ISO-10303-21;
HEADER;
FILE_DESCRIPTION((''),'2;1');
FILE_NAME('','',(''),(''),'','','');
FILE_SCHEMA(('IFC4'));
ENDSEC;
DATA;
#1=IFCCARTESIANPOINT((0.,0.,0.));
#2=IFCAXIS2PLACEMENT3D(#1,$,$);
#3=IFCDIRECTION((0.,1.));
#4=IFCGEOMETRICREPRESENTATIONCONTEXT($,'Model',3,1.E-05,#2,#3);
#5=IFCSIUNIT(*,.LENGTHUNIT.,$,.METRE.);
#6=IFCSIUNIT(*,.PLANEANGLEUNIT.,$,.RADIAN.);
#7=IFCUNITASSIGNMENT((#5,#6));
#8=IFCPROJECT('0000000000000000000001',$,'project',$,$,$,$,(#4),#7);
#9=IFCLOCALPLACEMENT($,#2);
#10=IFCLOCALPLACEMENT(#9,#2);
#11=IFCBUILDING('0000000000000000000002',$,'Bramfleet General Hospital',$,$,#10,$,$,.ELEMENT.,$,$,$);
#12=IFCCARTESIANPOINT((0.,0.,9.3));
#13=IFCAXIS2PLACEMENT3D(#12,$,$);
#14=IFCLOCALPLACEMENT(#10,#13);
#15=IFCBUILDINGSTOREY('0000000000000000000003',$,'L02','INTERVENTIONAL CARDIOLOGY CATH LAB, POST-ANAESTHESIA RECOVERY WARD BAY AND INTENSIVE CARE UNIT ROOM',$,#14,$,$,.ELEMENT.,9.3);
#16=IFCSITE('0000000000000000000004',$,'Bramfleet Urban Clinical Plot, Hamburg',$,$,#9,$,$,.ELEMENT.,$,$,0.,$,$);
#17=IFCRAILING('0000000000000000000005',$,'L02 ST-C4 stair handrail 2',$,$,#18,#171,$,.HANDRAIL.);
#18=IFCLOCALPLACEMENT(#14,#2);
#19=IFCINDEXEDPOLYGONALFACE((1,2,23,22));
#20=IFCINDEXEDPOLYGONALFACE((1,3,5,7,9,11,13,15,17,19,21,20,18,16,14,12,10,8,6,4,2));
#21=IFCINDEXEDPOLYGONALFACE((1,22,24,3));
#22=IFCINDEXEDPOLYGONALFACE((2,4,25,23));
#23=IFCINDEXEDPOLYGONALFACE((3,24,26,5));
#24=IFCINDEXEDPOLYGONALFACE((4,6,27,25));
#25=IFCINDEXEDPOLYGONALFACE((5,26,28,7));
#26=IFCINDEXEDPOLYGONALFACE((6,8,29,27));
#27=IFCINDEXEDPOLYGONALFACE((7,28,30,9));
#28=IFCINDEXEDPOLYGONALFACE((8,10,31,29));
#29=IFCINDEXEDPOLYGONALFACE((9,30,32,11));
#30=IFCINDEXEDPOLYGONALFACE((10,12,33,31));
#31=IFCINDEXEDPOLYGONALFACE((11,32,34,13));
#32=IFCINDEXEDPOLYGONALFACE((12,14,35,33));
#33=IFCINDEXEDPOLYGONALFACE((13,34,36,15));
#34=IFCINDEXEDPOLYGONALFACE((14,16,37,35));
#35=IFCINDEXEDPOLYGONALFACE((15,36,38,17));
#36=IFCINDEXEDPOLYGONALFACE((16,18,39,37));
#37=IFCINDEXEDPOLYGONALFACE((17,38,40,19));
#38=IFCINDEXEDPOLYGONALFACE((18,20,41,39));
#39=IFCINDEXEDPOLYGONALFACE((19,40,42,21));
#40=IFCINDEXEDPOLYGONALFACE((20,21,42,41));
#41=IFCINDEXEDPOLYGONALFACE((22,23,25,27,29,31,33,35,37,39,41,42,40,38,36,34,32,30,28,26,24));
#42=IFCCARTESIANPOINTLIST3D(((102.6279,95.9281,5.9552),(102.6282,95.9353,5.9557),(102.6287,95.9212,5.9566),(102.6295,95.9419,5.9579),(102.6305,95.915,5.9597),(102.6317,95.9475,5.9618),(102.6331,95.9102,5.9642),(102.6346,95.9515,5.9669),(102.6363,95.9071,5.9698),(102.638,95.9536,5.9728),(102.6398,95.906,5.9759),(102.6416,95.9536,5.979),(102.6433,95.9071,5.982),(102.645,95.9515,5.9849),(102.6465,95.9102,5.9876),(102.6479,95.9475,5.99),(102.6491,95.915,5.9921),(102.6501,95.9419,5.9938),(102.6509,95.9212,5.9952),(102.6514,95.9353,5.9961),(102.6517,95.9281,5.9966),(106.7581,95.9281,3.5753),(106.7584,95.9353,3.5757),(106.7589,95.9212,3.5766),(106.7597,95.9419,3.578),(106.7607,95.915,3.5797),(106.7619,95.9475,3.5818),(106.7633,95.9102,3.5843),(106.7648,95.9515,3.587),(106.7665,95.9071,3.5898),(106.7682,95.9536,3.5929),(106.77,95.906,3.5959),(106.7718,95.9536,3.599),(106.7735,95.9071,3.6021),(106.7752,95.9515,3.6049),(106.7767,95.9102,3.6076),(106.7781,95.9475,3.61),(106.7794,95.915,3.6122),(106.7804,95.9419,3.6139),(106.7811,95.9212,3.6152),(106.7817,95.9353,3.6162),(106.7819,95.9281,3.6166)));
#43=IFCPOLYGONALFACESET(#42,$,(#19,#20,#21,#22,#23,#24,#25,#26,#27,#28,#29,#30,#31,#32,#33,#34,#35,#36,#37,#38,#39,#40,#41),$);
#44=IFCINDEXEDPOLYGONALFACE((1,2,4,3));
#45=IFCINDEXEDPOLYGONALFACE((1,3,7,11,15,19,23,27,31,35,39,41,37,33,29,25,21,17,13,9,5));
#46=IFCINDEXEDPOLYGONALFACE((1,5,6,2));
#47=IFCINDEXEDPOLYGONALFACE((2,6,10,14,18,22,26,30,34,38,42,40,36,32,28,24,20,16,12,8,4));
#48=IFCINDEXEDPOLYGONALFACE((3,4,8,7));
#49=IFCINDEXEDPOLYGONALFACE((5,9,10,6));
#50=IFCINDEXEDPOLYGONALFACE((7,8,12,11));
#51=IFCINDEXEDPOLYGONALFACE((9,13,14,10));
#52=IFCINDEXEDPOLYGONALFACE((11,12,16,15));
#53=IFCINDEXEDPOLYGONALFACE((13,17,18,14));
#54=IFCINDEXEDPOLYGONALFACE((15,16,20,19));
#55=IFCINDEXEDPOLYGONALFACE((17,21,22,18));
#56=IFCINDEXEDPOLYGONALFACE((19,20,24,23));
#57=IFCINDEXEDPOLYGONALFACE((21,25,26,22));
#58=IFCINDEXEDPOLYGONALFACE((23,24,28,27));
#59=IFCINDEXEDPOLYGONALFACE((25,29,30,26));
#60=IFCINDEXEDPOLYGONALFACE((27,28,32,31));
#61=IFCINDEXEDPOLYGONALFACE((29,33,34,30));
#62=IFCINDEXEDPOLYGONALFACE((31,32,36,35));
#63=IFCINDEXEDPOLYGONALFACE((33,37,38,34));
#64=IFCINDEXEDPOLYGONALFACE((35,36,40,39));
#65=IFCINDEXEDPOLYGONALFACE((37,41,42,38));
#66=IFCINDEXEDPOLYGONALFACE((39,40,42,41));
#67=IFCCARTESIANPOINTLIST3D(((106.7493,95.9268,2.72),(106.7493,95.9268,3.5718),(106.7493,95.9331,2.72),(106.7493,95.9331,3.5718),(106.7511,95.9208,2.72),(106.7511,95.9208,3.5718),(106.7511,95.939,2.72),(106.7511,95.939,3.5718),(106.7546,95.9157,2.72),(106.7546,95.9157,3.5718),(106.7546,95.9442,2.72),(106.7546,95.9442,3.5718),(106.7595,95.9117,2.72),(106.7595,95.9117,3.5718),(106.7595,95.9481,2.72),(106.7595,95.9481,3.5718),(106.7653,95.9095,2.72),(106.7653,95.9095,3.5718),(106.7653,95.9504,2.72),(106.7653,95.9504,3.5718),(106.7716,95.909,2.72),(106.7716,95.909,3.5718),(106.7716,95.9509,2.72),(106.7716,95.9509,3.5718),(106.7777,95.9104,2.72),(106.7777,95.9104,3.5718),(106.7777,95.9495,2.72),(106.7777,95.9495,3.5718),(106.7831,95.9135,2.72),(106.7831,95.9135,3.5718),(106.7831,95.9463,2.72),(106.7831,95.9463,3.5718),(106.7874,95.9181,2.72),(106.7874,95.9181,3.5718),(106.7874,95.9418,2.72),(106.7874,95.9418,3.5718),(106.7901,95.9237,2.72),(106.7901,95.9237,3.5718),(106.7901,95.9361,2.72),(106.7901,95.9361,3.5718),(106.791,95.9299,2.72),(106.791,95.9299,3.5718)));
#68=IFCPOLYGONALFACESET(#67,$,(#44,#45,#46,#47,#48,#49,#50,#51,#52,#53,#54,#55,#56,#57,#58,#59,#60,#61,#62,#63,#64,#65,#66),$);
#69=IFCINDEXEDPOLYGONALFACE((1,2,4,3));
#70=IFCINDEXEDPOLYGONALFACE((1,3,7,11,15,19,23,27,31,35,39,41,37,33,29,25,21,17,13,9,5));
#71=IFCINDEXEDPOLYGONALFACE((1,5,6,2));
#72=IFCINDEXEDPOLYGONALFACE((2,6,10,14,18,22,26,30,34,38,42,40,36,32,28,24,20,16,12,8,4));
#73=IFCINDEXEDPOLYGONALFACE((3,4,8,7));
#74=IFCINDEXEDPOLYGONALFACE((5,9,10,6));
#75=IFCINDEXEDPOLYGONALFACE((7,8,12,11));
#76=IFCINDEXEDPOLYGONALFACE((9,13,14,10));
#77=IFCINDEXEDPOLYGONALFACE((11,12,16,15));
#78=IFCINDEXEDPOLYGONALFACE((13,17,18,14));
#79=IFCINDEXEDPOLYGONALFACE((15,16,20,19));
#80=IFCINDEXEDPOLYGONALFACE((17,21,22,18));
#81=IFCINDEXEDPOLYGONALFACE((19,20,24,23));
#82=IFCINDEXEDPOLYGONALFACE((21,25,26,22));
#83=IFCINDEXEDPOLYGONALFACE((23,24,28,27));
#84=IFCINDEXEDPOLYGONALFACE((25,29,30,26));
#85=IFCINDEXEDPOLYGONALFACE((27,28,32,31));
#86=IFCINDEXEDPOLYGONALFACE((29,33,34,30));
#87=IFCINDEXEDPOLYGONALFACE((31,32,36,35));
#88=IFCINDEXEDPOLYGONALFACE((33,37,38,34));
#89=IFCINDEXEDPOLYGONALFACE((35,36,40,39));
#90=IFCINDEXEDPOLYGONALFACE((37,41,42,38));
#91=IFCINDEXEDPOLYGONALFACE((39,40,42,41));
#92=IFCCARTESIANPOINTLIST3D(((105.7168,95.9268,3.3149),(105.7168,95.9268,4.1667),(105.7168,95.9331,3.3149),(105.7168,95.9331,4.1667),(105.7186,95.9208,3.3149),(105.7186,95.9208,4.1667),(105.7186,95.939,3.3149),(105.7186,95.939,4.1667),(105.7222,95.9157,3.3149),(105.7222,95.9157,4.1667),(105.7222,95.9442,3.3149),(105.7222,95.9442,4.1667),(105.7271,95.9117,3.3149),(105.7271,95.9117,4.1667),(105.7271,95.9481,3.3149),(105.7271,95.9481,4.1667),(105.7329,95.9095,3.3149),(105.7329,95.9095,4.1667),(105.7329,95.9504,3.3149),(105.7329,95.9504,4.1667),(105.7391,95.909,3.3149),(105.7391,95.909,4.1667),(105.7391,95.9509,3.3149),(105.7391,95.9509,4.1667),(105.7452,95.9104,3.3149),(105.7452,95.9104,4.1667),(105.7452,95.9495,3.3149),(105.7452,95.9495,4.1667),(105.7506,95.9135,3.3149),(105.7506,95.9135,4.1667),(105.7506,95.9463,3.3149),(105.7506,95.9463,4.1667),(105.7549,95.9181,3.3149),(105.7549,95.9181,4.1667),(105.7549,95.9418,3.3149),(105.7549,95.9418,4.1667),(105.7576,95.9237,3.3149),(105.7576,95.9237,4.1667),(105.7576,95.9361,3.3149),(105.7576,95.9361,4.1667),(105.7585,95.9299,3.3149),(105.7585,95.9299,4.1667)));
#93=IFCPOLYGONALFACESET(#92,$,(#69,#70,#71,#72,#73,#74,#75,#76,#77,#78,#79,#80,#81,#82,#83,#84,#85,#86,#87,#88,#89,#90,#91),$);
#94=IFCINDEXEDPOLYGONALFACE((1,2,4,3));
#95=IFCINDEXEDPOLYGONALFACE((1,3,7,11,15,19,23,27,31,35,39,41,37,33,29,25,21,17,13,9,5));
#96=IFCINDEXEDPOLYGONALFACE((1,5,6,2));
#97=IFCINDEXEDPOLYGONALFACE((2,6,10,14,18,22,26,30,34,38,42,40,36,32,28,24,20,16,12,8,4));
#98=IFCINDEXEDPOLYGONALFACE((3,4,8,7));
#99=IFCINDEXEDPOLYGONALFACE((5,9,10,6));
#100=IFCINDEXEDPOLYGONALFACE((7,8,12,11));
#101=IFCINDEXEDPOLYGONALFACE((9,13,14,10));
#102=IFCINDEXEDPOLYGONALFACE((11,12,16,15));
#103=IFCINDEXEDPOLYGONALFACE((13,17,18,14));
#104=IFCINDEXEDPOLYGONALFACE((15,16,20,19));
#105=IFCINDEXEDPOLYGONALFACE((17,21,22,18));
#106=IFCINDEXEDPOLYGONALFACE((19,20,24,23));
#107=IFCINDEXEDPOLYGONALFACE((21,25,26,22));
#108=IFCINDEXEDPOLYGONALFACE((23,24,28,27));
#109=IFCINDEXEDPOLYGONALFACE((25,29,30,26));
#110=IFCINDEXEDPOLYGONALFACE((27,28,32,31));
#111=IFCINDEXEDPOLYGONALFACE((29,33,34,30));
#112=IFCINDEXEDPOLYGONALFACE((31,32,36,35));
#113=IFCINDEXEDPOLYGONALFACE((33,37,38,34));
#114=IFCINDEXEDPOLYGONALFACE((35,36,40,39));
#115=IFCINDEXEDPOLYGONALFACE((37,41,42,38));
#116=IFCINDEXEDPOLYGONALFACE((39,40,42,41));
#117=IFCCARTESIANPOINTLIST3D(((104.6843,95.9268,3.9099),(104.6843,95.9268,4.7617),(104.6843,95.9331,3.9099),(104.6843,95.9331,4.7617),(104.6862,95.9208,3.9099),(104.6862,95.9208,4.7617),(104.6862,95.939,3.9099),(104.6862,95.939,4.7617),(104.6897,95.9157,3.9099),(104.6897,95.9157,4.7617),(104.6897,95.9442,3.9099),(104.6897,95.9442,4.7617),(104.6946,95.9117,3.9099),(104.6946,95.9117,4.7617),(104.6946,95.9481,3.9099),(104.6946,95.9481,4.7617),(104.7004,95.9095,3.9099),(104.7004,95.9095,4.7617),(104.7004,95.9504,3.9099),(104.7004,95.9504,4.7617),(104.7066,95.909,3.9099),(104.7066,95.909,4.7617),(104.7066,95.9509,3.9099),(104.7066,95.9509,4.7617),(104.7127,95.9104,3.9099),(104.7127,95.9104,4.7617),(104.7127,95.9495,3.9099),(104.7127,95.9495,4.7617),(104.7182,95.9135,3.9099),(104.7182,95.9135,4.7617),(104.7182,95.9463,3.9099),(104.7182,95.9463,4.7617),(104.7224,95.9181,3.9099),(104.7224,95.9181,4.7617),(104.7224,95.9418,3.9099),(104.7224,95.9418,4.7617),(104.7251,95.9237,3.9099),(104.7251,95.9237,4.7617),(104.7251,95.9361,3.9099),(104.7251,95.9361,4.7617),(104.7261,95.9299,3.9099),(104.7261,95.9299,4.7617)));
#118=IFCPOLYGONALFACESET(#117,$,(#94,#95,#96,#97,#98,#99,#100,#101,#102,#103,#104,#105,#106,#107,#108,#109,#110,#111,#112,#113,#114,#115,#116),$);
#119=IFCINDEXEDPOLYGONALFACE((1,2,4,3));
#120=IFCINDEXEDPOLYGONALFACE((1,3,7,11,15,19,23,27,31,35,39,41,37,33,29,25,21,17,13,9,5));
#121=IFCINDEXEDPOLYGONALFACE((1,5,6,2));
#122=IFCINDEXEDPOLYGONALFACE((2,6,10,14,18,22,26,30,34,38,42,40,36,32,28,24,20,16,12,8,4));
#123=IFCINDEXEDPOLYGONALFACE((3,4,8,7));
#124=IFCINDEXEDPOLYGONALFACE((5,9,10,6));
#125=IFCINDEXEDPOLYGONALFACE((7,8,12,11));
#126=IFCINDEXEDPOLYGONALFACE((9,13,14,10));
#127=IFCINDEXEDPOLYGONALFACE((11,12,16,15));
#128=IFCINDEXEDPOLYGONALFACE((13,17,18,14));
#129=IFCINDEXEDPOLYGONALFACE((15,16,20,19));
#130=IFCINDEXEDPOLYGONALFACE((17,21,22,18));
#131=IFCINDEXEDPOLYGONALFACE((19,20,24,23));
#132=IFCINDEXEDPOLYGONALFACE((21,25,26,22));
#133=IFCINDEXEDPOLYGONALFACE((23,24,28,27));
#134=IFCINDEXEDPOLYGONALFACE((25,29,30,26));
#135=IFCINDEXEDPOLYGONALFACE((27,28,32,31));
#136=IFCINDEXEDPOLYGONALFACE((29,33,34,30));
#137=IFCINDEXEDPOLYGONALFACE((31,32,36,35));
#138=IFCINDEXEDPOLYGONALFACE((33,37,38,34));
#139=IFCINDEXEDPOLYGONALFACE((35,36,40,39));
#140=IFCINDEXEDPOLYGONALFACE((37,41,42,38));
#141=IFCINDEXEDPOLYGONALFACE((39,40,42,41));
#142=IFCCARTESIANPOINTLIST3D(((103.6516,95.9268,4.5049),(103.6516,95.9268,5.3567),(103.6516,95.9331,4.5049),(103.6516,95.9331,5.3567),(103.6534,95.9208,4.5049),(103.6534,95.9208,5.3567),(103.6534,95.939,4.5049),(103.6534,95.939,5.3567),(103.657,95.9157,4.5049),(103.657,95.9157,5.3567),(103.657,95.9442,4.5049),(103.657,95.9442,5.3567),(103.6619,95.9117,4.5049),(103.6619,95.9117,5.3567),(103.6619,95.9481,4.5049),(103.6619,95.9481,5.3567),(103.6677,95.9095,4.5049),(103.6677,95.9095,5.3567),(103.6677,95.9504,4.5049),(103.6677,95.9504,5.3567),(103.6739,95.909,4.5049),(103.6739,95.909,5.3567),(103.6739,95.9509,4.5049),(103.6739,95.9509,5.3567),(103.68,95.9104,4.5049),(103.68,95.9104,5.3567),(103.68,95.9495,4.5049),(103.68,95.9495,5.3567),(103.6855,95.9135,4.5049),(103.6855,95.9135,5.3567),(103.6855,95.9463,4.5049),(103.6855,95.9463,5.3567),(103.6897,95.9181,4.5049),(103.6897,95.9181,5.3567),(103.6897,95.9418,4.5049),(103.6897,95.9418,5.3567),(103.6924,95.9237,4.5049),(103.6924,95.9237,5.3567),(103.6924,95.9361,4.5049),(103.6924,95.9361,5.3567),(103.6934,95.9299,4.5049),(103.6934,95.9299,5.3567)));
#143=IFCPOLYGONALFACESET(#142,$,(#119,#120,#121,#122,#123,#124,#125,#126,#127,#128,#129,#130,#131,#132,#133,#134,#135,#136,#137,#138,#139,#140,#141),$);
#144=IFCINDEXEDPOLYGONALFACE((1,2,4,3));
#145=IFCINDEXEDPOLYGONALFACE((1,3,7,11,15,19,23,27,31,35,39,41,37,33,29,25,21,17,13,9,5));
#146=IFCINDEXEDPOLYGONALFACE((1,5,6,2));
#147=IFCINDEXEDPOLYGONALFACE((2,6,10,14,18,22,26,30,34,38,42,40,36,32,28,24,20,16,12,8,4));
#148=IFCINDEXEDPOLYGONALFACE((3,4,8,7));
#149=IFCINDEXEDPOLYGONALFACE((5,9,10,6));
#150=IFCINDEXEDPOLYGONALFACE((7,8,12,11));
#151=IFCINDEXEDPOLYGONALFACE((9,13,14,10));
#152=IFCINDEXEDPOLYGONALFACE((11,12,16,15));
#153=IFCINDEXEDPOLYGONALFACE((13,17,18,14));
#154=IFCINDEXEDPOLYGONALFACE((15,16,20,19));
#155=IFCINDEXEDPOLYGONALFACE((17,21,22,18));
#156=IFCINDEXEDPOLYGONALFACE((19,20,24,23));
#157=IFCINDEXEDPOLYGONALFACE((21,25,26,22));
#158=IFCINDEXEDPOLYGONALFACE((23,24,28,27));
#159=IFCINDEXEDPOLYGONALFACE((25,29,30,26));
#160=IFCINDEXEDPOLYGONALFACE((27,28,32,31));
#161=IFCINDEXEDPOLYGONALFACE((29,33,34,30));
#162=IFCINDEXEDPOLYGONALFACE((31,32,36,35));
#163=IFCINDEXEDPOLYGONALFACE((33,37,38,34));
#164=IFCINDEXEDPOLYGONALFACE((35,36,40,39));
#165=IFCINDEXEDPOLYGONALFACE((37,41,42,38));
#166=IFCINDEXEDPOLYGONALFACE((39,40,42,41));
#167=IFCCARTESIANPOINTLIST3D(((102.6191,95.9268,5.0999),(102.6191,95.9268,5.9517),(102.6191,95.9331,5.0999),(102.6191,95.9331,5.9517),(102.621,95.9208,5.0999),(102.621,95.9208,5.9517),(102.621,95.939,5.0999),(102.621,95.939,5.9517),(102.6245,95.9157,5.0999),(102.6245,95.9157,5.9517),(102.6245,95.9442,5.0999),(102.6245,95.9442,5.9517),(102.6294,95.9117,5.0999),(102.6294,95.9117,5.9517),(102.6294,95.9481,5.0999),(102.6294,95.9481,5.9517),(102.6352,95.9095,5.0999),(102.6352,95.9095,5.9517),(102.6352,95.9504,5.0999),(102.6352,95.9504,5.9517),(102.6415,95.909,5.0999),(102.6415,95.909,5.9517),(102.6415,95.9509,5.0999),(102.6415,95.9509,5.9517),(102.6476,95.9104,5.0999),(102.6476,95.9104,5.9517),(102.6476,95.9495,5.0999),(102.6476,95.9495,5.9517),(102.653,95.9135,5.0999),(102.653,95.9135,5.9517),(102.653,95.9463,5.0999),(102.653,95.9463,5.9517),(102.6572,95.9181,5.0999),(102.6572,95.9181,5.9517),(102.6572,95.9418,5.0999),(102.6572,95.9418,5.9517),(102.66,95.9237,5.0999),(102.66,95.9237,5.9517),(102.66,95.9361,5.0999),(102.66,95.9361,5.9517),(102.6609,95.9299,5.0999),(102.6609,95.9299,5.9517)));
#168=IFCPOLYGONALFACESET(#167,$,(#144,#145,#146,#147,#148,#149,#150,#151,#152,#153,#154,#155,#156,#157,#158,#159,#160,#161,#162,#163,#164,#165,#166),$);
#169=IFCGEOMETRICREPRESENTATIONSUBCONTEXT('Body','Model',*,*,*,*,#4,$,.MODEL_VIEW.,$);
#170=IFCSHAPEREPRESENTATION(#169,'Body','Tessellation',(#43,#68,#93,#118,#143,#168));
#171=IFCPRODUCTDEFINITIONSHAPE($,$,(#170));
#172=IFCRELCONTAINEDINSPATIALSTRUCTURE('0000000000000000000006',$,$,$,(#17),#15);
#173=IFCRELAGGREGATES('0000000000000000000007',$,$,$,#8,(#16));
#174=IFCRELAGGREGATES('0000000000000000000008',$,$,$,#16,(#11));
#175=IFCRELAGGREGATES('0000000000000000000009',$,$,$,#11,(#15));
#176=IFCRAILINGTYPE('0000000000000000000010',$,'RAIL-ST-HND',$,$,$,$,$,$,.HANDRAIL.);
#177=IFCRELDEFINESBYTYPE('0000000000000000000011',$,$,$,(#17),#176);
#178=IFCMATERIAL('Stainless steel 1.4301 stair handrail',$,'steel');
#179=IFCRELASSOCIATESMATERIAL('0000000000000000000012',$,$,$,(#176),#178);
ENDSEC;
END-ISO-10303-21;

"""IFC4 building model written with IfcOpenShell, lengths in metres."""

from ifc_helpers import new_model, si_unit, direction, frame, origin, origin_2d, place, context, subcontext, project, spatial, circle, extrude, material, type_object, element, save


model = new_model("IFC4")

# Units and contexts
model_context = context("Model", 3, precision=1e-05, world=origin(), true_north=direction((0.0, 1.0)))
body_context = subcontext(model_context, "Body", "Model", "MODEL_VIEW")
ifc_project = project(units=[si_unit("LENGTHUNIT", "METRE"), si_unit("PLANEANGLEUNIT", "RADIAN")], contexts=[model_context])

# Site, building, storey
site_placement = place(None, origin())
site = spatial("IfcSite", under=ifc_project, at=site_placement, Name="Bramfleet Urban Clinical Plot, Hamburg", CompositionType="ELEMENT", RefElevation=0.0)
building_placement = place(site_placement, origin())
building = spatial("IfcBuilding", under=site, at=building_placement, Name="Bramfleet General Hospital", CompositionType="ELEMENT")
storey_placement = place(building_placement, frame((0.0, 0.0, 9.3)))
storey = spatial("IfcBuildingStorey", under=building, at=storey_placement, Name="L02", Description="INTERVENTIONAL CARDIOLOGY CATH LAB, POST-ANAESTHESIA RECOVERY WARD BAY AND INTENSIVE CARE UNIT ROOM", CompositionType="ELEMENT", Elevation=9.3)

# Railing
ifc_material_1 = material(Name="Stainless steel 1.4301 stair handrail", Category="steel")
railing_type = type_object("IfcRailingType", Name="RAIL-ST-HND", PredefinedType="HANDRAIL", material=ifc_material_1)
railing_placement = place(storey_placement, frame((106.77, 95.9299, 2.72)))
element("IfcRailing", 1, at=railing_placement, inside=storey, type_object=railing_type, Name="L02 ST-C4 stair handrail 2", PredefinedType="HANDRAIL", context=body_context, shape_type="SweptSolid", body=[
    extrude(circle(Radius=0.0239, at=origin_2d()), frame((0.0, 0.0, 0.876), z_axis=(-0.866447, 0.0, 0.499269), x_axis=(0.0, -1.0, 0.0)), (0.0, 0.0, 1.0), 4.7668),
    extrude(circle(Radius=0.021, at=origin_2d()), origin(), (0.0, 0.0, 1.0), 0.8518),
    extrude(circle(Radius=0.021, at=origin_2d()), frame((-1.0325, 0.0, 0.595)), (0.0, 0.0, 1.0), 0.8518),
    extrude(circle(Radius=0.021, at=origin_2d()), frame((-2.0649, 0.0, 1.1899)), (0.0, 0.0, 1.0), 0.8518),
    extrude(circle(Radius=0.021, at=origin_2d()), frame((-3.0977, 0.0, 1.7849)), (0.0, 0.0, 1.0), 0.8518),
    extrude(circle(Radius=0.021, at=origin_2d()), frame((-4.1301, 0.0, 2.3799)), (0.0, 0.0, 1.0), 0.8518),
])

save(model, "model.ifc")
